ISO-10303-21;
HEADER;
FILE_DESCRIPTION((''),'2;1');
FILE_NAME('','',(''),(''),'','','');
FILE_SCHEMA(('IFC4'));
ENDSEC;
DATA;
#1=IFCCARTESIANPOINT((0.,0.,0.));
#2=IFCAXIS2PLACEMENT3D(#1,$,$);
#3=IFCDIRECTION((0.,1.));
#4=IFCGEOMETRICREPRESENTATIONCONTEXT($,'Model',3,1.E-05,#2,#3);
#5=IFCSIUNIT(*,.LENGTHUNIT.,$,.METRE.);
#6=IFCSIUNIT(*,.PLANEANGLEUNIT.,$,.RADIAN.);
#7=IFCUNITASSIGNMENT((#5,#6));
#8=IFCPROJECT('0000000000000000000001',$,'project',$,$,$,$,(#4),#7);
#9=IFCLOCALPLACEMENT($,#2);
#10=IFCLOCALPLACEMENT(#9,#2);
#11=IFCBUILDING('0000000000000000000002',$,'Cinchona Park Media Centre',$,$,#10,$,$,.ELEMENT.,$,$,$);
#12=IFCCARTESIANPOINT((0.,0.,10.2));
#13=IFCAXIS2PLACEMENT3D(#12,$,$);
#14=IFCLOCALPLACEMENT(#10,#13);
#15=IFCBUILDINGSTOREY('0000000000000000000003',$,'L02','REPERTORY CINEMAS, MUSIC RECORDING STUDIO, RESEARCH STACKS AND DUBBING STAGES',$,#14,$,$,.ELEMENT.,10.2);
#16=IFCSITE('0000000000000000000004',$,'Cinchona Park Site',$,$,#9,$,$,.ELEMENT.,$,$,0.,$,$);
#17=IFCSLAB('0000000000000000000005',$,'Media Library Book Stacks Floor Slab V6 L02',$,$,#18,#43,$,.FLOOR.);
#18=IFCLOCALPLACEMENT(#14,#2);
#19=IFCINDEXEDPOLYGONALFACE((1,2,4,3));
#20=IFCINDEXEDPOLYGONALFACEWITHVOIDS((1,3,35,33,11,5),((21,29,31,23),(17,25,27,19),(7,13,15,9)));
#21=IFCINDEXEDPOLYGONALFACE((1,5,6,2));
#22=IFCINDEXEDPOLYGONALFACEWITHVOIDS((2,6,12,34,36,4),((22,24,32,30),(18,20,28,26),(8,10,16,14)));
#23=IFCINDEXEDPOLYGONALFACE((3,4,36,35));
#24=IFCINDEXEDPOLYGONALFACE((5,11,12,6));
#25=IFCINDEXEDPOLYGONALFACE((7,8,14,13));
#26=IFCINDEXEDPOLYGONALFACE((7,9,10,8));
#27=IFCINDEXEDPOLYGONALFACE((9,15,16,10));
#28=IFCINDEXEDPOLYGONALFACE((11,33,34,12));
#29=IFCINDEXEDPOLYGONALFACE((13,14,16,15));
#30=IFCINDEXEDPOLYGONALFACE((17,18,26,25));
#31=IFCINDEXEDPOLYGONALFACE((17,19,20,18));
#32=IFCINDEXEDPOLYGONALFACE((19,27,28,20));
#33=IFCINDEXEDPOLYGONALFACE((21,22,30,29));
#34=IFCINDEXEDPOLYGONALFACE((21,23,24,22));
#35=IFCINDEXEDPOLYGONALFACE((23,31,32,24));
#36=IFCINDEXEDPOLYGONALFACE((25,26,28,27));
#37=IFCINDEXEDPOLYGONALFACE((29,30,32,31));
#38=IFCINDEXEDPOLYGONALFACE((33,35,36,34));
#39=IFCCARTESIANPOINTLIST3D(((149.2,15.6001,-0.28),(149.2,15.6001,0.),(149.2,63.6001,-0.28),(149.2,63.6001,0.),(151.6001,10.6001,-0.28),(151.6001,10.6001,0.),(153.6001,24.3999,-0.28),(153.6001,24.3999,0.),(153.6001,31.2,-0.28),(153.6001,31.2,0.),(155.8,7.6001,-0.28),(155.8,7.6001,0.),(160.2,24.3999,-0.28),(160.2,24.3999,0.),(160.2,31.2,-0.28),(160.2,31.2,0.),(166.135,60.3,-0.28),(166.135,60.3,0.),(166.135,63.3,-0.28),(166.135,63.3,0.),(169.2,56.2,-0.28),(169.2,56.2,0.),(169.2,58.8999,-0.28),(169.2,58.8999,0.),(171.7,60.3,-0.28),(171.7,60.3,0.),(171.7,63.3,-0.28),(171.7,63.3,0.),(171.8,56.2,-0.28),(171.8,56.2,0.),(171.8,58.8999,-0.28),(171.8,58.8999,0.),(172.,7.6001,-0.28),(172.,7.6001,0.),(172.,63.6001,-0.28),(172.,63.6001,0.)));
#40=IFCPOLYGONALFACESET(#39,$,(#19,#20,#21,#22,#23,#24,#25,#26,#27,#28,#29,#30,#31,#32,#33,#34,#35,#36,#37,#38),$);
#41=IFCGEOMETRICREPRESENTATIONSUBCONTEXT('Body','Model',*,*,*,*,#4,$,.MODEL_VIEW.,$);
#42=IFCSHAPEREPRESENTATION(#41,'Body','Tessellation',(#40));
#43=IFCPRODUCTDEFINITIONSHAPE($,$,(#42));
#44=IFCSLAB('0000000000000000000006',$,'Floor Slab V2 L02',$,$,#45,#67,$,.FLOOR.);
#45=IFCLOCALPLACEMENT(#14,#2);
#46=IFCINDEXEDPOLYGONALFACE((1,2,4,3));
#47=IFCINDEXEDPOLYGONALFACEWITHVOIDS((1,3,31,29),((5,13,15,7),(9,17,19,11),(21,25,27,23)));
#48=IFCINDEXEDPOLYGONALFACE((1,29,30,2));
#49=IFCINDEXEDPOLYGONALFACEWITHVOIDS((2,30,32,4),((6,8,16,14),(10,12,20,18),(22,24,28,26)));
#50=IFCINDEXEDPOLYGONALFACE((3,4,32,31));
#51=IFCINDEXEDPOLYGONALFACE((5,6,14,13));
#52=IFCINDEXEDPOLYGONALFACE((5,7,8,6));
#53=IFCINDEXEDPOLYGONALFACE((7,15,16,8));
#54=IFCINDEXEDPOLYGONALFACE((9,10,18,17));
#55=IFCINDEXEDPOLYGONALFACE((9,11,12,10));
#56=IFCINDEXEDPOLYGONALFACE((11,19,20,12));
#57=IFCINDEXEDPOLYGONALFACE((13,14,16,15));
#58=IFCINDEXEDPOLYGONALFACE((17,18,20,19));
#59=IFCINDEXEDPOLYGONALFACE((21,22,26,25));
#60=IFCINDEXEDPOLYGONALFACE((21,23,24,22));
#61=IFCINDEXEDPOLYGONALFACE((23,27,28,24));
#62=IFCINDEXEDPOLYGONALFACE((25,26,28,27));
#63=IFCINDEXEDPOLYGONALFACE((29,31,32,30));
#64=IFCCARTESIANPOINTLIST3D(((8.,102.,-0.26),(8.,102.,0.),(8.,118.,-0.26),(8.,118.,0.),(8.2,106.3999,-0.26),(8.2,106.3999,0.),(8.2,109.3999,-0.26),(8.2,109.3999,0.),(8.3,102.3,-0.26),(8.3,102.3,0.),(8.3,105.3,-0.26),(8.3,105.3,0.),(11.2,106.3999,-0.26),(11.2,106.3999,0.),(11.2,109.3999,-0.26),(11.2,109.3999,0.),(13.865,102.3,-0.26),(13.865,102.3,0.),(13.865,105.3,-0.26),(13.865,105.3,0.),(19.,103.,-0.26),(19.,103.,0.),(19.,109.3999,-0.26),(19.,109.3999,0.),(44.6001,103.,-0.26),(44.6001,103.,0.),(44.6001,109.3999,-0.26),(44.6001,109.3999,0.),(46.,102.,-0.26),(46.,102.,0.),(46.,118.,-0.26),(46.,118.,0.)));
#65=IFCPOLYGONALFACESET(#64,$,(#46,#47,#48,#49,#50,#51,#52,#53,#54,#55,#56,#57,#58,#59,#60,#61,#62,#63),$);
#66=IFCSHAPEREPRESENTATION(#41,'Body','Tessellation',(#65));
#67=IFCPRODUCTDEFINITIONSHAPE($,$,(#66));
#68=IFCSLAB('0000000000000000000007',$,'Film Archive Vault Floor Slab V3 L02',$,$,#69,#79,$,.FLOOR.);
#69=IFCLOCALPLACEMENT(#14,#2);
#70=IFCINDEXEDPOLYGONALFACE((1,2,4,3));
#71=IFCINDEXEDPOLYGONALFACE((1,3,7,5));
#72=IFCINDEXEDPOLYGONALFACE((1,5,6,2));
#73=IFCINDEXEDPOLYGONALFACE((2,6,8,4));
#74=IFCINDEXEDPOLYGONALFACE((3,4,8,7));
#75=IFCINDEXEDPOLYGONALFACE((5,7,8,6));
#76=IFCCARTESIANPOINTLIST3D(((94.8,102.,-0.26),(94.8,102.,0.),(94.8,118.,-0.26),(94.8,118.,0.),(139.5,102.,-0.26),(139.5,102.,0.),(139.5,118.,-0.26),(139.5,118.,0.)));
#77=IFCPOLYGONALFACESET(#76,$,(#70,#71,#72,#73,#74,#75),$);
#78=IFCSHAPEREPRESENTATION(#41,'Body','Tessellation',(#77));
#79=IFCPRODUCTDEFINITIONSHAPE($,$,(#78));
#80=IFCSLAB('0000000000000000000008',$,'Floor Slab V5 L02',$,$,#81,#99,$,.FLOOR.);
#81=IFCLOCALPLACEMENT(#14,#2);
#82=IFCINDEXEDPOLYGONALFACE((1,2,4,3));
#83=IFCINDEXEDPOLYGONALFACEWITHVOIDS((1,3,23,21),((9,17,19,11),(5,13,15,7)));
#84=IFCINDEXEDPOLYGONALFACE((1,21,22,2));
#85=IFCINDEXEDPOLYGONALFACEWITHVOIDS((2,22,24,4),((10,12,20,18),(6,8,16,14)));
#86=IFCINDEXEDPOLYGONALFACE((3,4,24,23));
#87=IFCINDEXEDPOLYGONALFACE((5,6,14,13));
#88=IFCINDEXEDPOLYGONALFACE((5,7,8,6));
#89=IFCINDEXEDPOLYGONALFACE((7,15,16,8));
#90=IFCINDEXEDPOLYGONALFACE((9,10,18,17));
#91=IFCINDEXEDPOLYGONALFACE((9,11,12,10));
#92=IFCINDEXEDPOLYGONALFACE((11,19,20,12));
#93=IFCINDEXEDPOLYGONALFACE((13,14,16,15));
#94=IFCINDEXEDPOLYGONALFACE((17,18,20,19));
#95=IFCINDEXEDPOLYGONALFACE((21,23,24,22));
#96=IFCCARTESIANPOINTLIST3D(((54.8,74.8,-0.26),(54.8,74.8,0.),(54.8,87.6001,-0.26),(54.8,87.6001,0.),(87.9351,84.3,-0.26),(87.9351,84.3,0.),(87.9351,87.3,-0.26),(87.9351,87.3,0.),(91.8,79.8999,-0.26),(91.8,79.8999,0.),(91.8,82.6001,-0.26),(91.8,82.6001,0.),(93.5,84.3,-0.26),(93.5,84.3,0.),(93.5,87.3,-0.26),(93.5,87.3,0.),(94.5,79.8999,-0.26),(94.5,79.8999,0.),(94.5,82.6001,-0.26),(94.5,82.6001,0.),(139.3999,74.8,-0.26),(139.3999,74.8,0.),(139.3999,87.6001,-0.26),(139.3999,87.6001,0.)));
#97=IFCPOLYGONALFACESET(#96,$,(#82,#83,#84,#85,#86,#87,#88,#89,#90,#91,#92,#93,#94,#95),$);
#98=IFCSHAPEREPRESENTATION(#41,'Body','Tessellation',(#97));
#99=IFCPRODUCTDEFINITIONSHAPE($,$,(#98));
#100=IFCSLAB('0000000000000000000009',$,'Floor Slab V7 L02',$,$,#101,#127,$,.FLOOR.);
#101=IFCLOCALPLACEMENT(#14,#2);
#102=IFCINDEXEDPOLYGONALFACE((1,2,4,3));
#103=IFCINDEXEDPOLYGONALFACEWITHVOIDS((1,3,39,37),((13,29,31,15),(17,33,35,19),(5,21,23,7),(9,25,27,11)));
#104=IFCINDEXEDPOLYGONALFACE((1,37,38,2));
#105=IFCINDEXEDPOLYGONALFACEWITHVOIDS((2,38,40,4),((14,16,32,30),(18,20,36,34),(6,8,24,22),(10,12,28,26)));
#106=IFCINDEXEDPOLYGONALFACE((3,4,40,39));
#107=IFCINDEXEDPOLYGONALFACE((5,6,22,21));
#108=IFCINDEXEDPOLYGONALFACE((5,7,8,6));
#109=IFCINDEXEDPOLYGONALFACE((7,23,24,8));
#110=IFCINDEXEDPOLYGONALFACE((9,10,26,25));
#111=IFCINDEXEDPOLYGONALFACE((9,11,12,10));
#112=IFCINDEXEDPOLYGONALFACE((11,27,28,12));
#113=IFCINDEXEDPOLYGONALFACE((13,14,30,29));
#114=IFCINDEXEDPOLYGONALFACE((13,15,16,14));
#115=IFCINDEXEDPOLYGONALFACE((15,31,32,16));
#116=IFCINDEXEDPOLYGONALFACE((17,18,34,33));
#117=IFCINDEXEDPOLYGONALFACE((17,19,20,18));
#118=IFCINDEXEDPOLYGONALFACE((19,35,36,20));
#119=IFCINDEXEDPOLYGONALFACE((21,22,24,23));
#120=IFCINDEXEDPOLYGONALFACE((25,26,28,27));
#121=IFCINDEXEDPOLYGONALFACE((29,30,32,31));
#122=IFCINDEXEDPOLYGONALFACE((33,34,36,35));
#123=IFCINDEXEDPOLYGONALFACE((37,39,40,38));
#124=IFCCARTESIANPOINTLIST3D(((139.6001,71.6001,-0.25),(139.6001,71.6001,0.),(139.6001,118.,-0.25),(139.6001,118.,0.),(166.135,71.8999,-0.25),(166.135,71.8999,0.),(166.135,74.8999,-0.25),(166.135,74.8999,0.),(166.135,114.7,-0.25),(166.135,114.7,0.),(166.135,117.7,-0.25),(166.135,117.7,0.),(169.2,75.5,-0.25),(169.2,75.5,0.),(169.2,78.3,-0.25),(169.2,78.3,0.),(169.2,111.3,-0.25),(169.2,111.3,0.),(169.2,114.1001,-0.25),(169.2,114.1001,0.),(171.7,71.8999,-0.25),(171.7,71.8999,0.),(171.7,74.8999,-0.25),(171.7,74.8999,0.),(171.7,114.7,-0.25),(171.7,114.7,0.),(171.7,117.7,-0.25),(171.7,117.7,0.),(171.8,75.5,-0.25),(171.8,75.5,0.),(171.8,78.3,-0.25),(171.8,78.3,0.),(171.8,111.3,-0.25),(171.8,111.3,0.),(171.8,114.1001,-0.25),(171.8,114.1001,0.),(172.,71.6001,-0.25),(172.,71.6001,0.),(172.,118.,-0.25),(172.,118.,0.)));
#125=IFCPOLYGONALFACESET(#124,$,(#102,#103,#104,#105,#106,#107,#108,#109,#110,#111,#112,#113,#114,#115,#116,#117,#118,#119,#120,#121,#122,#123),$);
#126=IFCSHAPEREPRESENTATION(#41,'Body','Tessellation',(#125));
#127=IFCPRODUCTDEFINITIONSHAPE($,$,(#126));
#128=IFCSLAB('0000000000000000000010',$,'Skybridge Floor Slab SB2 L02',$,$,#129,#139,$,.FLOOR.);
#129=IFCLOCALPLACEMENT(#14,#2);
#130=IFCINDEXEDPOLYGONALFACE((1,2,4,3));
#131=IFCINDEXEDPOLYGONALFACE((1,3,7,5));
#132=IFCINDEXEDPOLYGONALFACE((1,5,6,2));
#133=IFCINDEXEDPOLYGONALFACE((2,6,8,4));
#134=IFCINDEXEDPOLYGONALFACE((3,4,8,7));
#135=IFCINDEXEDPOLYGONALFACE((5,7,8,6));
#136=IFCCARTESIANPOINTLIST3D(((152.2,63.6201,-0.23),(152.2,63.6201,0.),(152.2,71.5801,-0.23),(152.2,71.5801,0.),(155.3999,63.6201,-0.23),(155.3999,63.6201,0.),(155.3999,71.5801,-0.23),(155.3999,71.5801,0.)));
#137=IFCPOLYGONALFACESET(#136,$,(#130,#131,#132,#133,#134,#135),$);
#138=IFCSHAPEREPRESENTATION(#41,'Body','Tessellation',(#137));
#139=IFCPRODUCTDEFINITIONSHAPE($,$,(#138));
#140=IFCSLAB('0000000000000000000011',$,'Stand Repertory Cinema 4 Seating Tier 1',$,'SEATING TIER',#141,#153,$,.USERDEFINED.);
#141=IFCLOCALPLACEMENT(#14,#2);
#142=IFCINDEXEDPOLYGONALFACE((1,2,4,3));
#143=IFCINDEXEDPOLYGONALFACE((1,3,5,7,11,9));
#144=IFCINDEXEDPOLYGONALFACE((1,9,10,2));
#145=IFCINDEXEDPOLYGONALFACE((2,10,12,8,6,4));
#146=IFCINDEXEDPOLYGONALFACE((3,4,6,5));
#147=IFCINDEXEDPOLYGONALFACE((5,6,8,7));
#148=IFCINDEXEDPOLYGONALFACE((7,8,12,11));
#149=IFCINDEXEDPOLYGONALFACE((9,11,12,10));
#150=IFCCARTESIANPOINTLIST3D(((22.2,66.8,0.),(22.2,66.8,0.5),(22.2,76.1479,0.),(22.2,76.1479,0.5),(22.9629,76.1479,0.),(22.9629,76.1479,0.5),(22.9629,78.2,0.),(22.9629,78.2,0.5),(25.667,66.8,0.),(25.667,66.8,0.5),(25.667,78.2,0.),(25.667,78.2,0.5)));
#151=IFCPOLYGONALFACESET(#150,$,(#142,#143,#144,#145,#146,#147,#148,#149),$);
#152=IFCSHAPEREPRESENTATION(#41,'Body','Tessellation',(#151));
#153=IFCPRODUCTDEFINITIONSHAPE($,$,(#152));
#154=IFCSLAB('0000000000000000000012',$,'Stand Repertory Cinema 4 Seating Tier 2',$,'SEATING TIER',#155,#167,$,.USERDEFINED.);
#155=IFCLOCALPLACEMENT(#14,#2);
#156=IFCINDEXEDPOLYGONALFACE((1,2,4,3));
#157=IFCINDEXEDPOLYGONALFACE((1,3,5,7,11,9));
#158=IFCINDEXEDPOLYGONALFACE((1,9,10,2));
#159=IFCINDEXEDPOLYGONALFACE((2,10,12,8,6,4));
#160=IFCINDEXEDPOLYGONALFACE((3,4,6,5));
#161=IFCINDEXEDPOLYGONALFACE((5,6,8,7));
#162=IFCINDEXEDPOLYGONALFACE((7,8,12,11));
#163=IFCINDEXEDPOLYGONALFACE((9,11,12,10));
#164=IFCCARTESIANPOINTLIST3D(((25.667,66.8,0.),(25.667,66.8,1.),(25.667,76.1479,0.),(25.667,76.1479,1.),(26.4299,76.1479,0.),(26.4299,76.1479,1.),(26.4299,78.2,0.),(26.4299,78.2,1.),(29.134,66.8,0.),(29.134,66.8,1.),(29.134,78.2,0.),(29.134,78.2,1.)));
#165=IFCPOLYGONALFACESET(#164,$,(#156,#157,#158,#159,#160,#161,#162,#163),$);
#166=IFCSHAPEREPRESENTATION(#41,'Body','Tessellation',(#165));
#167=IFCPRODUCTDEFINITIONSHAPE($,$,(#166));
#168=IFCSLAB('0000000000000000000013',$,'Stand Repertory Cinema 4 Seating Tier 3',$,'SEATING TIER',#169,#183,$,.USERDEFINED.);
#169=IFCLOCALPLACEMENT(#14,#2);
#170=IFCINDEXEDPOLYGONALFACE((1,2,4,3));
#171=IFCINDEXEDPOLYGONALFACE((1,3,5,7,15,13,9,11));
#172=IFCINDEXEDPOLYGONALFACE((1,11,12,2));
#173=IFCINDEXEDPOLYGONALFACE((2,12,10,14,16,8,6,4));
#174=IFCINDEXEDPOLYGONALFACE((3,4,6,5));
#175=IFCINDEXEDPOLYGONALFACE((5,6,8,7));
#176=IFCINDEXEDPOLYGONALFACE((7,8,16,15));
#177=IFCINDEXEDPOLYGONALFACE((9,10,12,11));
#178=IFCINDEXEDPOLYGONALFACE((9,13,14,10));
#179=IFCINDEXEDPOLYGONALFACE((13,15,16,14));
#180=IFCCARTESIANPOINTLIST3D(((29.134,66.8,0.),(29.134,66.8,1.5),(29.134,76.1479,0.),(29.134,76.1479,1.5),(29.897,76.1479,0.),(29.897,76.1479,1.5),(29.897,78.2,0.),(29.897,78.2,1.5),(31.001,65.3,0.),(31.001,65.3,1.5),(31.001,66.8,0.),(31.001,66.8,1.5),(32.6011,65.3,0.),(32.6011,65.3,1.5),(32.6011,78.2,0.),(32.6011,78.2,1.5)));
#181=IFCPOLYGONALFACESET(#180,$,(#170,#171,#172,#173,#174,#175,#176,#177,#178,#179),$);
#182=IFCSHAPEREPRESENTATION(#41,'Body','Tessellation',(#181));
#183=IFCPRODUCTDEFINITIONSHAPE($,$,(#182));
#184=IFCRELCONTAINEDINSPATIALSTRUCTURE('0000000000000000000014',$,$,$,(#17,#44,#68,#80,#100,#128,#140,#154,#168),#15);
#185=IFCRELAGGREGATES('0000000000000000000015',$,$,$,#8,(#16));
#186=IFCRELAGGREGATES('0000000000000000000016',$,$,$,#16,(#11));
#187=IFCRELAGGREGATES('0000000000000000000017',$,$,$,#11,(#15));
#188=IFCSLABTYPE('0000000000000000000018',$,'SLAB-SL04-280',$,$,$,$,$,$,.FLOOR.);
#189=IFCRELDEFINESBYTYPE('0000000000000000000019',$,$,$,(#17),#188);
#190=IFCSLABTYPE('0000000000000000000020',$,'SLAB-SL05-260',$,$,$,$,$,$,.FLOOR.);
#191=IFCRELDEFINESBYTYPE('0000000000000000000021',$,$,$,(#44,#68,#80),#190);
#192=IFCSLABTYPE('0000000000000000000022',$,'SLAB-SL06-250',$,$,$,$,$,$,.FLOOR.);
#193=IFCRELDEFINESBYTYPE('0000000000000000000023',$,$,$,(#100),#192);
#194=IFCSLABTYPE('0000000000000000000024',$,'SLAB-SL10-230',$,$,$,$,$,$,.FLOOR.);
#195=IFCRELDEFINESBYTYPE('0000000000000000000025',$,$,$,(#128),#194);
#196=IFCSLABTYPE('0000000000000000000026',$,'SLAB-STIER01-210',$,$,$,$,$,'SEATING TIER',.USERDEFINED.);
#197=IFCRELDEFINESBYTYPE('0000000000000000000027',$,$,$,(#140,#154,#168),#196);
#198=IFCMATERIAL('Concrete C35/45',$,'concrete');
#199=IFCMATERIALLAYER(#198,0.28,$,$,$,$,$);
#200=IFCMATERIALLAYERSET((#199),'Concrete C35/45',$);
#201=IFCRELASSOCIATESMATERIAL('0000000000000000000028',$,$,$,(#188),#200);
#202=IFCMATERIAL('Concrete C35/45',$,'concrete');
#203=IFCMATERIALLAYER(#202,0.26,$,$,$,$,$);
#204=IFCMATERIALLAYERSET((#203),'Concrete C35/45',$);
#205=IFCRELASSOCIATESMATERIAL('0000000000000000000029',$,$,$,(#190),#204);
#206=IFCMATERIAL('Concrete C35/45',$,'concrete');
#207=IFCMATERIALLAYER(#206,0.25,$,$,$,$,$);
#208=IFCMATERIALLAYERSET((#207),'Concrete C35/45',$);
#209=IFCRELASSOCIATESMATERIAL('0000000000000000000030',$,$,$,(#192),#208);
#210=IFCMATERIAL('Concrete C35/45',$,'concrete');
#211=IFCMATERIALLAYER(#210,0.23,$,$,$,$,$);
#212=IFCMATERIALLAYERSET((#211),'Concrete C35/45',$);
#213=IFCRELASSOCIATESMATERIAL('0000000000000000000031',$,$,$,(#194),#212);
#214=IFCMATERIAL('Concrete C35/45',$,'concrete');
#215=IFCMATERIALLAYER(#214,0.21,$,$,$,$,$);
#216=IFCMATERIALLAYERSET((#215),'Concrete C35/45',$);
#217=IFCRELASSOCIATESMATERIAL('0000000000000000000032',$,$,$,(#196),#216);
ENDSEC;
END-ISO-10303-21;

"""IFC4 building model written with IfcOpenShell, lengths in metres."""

from ifc_helpers import new_model, si_unit, direction, frame, origin, place, context, subcontext, project, spatial, polyline, outline, extrude, material, layer, layer_set, type_object, element, save


model = new_model("IFC4")

# Units and contexts
model_context = context("Model", 3, precision=1e-05, world=origin(), true_north=direction((0.0, 1.0)))
body_context = subcontext(model_context, "Body", "Model", "MODEL_VIEW")
ifc_project = project(units=[si_unit("LENGTHUNIT", "METRE"), si_unit("PLANEANGLEUNIT", "RADIAN")], contexts=[model_context])

# Site, building, storey
site_placement = place(None, origin())
site = spatial("IfcSite", under=ifc_project, at=site_placement, Name="Cinchona Park Site", CompositionType="ELEMENT", RefElevation=0.0)
building_placement = place(site_placement, origin())
building = spatial("IfcBuilding", under=site, at=building_placement, Name="Cinchona Park Media Centre", CompositionType="ELEMENT")
storey_placement = place(building_placement, frame((0.0, 0.0, 10.2)))
storey = spatial("IfcBuildingStorey", under=building, at=storey_placement, Name="L02", Description="REPERTORY CINEMAS, MUSIC RECORDING STUDIO, RESEARCH STACKS AND DUBBING STAGES", CompositionType="ELEMENT", Elevation=10.2)

# Slabs
ifc_material_1 = material(Name="Concrete C35/45", Category="concrete")
ifc_layer_1 = layer(ifc_material_1, 0.28)
ifc_layer_set_1 = layer_set([ifc_layer_1], Name="Concrete C35/45")
slab_type_1 = type_object("IfcSlabType", Name="SLAB-SL04-280", PredefinedType="FLOOR", material=ifc_layer_set_1)
slab_1_placement = place(storey_placement, frame((0.0, 0.0, -0.28)))
element("IfcSlab", 1, at=slab_1_placement, inside=storey, type_object=slab_type_1, Name="Media Library Book Stacks Floor Slab V6 L02", PredefinedType="FLOOR", context=body_context, shape_type="SweptSolid", body=[
    extrude(outline(polyline([(155.8, 7.6001), (172.0, 7.6001), (172.0, 63.6001), (149.2, 63.6001), (149.2, 15.6001), (151.6001, 10.6001), (155.8, 7.6001)]), holes=[polyline([(166.135, 60.3), (171.7, 60.3), (171.7, 63.3), (166.135, 63.3), (166.135, 60.3)]), polyline([(169.2, 56.2), (171.8, 56.2), (171.8, 58.8999), (169.2, 58.8999), (169.2, 56.2)]), polyline([(153.6001, 24.3999), (160.2, 24.3999), (160.2, 31.2), (153.6001, 31.2), (153.6001, 24.3999)])]), origin(), (0.0, 0.0, 1.0), 0.28),
])
ifc_material_2 = material(Name="Concrete C35/45", Category="concrete")
ifc_layer_2 = layer(ifc_material_2, 0.26)
ifc_layer_set_2 = layer_set([ifc_layer_2], Name="Concrete C35/45")
slab_type_2 = type_object("IfcSlabType", Name="SLAB-SL05-260", PredefinedType="FLOOR", material=ifc_layer_set_2)
slab_2_placement = place(storey_placement, frame((0.0, 0.0, -0.26)))
element("IfcSlab", 2, at=slab_2_placement, inside=storey, type_object=slab_type_2, Name="Floor Slab V2 L02", PredefinedType="FLOOR", context=body_context, shape_type="SweptSolid", body=[
    extrude(outline(polyline([(8.0, 102.0), (46.0, 102.0), (46.0, 118.0), (8.0, 118.0), (8.0, 102.0)]), holes=[polyline([(8.3, 102.3), (13.865, 102.3), (13.865, 105.3), (8.3, 105.3), (8.3, 102.3)]), polyline([(8.2, 106.3999), (11.2, 106.3999), (11.2, 109.3999), (8.2, 109.3999), (8.2, 106.3999)]), polyline([(19.0, 103.0), (44.6001, 103.0), (44.6001, 109.3999), (19.0, 109.3999), (19.0, 103.0)])]), origin(), (0.0, 0.0, 1.0), 0.26),
])
slab_3_placement = place(storey_placement, frame((0.0, 0.0, -0.26)))
element("IfcSlab", 3, at=slab_3_placement, inside=storey, type_object=slab_type_2, Name="Film Archive Vault Floor Slab V3 L02", PredefinedType="FLOOR", context=body_context, shape_type="SweptSolid", body=[
    extrude(outline(polyline([(94.8, 102.0), (139.5, 102.0), (139.5, 118.0), (94.8, 118.0), (94.8, 102.0)])), origin(), (0.0, 0.0, 1.0), 0.26),
])
slab_4_placement = place(storey_placement, frame((0.0, 0.0, -0.26)))
element("IfcSlab", 4, at=slab_4_placement, inside=storey, type_object=slab_type_2, Name="Floor Slab V5 L02", PredefinedType="FLOOR", context=body_context, shape_type="SweptSolid", body=[
    extrude(outline(polyline([(54.8, 74.8), (139.3999, 74.8), (139.3999, 87.6001), (54.8, 87.6001), (54.8, 74.8)]), holes=[polyline([(87.9351, 84.3), (93.5, 84.3), (93.5, 87.3), (87.9351, 87.3), (87.9351, 84.3)]), polyline([(91.8, 79.8999), (94.5, 79.8999), (94.5, 82.6001), (91.8, 82.6001), (91.8, 79.8999)])]), origin(), (0.0, 0.0, 1.0), 0.26),
])
ifc_material_3 = material(Name="Concrete C35/45", Category="concrete")
ifc_layer_3 = layer(ifc_material_3, 0.25)
ifc_layer_set_3 = layer_set([ifc_layer_3], Name="Concrete C35/45")
slab_type_3 = type_object("IfcSlabType", Name="SLAB-SL06-250", PredefinedType="FLOOR", material=ifc_layer_set_3)
slab_5_placement = place(storey_placement, frame((0.0, 0.0, -0.25)))
element("IfcSlab", 5, at=slab_5_placement, inside=storey, type_object=slab_type_3, Name="Floor Slab V7 L02", PredefinedType="FLOOR", context=body_context, shape_type="SweptSolid", body=[
    extrude(outline(polyline([(139.6001, 71.6001), (172.0, 71.6001), (172.0, 118.0), (139.6001, 118.0), (139.6001, 71.6001)]), holes=[polyline([(166.135, 71.8999), (171.7, 71.8999), (171.7, 74.8999), (166.135, 74.8999), (166.135, 71.8999)]), polyline([(169.2, 75.5), (171.8, 75.5), (171.8, 78.3), (169.2, 78.3), (169.2, 75.5)]), polyline([(166.135, 114.7), (171.7, 114.7), (171.7, 117.7), (166.135, 117.7), (166.135, 114.7)]), polyline([(169.2, 111.3), (171.8, 111.3), (171.8, 114.1001), (169.2, 114.1001), (169.2, 111.3)])]), origin(), (0.0, 0.0, 1.0), 0.25),
])
ifc_material_4 = material(Name="Concrete C35/45", Category="concrete")
ifc_layer_4 = layer(ifc_material_4, 0.23)
ifc_layer_set_4 = layer_set([ifc_layer_4], Name="Concrete C35/45")
slab_type_4 = type_object("IfcSlabType", Name="SLAB-SL10-230", PredefinedType="FLOOR", material=ifc_layer_set_4)
slab_6_placement = place(storey_placement, frame((0.0, 0.0, -0.23)))
element("IfcSlab", 6, at=slab_6_placement, inside=storey, type_object=slab_type_4, Name="Skybridge Floor Slab SB2 L02", PredefinedType="FLOOR", context=body_context, shape_type="SweptSolid", body=[
    extrude(outline(polyline([(152.2, 63.6201), (155.3999, 63.6201), (155.3999, 71.5801), (152.2, 71.5801), (152.2, 63.6201)])), origin(), (0.0, 0.0, 1.0), 0.23),
])
ifc_material_5 = material(Name="Concrete C35/45", Category="concrete")
ifc_layer_5 = layer(ifc_material_5, 0.21)
ifc_layer_set_5 = layer_set([ifc_layer_5], Name="Concrete C35/45")
slab_type_5 = type_object("IfcSlabType", Name="SLAB-STIER01-210", ElementType="SEATING TIER", PredefinedType="USERDEFINED", material=ifc_layer_set_5)
slab_7_placement = place(storey_placement, origin())
element("IfcSlab", 7, at=slab_7_placement, inside=storey, type_object=slab_type_5, Name="Stand Repertory Cinema 4 Seating Tier 1", ObjectType="SEATING TIER", PredefinedType="USERDEFINED", context=body_context, shape_type="SweptSolid", body=[
    extrude(outline(polyline([(22.2, 66.8), (25.667, 66.8), (25.667, 78.2), (22.9629, 78.2), (22.9629, 76.1479), (22.2, 76.1479), (22.2, 66.8)])), origin(), (0.0, 0.0, 1.0), 0.5),
])
slab_8_placement = place(storey_placement, origin())
element("IfcSlab", 8, at=slab_8_placement, inside=storey, type_object=slab_type_5, Name="Stand Repertory Cinema 4 Seating Tier 2", ObjectType="SEATING TIER", PredefinedType="USERDEFINED", context=body_context, shape_type="SweptSolid", body=[
    extrude(outline(polyline([(25.667, 66.8), (29.134, 66.8), (29.134, 78.2), (26.4299, 78.2), (26.4299, 76.1479), (25.667, 76.1479), (25.667, 66.8)])), origin(), (0.0, 0.0, 1.0), 1.0),
])
slab_9_placement = place(storey_placement, origin())
element("IfcSlab", 9, at=slab_9_placement, inside=storey, type_object=slab_type_5, Name="Stand Repertory Cinema 4 Seating Tier 3", ObjectType="SEATING TIER", PredefinedType="USERDEFINED", context=body_context, shape_type="SweptSolid", body=[
    extrude(outline(polyline([(29.134, 66.8), (31.001, 66.8), (31.001, 65.3), (32.6011, 65.3), (32.6011, 78.2), (29.897, 78.2), (29.897, 76.1479), (29.134, 76.1479), (29.134, 66.8)])), origin(), (0.0, 0.0, 1.0), 1.5),
])

save(model, "model.ifc")
